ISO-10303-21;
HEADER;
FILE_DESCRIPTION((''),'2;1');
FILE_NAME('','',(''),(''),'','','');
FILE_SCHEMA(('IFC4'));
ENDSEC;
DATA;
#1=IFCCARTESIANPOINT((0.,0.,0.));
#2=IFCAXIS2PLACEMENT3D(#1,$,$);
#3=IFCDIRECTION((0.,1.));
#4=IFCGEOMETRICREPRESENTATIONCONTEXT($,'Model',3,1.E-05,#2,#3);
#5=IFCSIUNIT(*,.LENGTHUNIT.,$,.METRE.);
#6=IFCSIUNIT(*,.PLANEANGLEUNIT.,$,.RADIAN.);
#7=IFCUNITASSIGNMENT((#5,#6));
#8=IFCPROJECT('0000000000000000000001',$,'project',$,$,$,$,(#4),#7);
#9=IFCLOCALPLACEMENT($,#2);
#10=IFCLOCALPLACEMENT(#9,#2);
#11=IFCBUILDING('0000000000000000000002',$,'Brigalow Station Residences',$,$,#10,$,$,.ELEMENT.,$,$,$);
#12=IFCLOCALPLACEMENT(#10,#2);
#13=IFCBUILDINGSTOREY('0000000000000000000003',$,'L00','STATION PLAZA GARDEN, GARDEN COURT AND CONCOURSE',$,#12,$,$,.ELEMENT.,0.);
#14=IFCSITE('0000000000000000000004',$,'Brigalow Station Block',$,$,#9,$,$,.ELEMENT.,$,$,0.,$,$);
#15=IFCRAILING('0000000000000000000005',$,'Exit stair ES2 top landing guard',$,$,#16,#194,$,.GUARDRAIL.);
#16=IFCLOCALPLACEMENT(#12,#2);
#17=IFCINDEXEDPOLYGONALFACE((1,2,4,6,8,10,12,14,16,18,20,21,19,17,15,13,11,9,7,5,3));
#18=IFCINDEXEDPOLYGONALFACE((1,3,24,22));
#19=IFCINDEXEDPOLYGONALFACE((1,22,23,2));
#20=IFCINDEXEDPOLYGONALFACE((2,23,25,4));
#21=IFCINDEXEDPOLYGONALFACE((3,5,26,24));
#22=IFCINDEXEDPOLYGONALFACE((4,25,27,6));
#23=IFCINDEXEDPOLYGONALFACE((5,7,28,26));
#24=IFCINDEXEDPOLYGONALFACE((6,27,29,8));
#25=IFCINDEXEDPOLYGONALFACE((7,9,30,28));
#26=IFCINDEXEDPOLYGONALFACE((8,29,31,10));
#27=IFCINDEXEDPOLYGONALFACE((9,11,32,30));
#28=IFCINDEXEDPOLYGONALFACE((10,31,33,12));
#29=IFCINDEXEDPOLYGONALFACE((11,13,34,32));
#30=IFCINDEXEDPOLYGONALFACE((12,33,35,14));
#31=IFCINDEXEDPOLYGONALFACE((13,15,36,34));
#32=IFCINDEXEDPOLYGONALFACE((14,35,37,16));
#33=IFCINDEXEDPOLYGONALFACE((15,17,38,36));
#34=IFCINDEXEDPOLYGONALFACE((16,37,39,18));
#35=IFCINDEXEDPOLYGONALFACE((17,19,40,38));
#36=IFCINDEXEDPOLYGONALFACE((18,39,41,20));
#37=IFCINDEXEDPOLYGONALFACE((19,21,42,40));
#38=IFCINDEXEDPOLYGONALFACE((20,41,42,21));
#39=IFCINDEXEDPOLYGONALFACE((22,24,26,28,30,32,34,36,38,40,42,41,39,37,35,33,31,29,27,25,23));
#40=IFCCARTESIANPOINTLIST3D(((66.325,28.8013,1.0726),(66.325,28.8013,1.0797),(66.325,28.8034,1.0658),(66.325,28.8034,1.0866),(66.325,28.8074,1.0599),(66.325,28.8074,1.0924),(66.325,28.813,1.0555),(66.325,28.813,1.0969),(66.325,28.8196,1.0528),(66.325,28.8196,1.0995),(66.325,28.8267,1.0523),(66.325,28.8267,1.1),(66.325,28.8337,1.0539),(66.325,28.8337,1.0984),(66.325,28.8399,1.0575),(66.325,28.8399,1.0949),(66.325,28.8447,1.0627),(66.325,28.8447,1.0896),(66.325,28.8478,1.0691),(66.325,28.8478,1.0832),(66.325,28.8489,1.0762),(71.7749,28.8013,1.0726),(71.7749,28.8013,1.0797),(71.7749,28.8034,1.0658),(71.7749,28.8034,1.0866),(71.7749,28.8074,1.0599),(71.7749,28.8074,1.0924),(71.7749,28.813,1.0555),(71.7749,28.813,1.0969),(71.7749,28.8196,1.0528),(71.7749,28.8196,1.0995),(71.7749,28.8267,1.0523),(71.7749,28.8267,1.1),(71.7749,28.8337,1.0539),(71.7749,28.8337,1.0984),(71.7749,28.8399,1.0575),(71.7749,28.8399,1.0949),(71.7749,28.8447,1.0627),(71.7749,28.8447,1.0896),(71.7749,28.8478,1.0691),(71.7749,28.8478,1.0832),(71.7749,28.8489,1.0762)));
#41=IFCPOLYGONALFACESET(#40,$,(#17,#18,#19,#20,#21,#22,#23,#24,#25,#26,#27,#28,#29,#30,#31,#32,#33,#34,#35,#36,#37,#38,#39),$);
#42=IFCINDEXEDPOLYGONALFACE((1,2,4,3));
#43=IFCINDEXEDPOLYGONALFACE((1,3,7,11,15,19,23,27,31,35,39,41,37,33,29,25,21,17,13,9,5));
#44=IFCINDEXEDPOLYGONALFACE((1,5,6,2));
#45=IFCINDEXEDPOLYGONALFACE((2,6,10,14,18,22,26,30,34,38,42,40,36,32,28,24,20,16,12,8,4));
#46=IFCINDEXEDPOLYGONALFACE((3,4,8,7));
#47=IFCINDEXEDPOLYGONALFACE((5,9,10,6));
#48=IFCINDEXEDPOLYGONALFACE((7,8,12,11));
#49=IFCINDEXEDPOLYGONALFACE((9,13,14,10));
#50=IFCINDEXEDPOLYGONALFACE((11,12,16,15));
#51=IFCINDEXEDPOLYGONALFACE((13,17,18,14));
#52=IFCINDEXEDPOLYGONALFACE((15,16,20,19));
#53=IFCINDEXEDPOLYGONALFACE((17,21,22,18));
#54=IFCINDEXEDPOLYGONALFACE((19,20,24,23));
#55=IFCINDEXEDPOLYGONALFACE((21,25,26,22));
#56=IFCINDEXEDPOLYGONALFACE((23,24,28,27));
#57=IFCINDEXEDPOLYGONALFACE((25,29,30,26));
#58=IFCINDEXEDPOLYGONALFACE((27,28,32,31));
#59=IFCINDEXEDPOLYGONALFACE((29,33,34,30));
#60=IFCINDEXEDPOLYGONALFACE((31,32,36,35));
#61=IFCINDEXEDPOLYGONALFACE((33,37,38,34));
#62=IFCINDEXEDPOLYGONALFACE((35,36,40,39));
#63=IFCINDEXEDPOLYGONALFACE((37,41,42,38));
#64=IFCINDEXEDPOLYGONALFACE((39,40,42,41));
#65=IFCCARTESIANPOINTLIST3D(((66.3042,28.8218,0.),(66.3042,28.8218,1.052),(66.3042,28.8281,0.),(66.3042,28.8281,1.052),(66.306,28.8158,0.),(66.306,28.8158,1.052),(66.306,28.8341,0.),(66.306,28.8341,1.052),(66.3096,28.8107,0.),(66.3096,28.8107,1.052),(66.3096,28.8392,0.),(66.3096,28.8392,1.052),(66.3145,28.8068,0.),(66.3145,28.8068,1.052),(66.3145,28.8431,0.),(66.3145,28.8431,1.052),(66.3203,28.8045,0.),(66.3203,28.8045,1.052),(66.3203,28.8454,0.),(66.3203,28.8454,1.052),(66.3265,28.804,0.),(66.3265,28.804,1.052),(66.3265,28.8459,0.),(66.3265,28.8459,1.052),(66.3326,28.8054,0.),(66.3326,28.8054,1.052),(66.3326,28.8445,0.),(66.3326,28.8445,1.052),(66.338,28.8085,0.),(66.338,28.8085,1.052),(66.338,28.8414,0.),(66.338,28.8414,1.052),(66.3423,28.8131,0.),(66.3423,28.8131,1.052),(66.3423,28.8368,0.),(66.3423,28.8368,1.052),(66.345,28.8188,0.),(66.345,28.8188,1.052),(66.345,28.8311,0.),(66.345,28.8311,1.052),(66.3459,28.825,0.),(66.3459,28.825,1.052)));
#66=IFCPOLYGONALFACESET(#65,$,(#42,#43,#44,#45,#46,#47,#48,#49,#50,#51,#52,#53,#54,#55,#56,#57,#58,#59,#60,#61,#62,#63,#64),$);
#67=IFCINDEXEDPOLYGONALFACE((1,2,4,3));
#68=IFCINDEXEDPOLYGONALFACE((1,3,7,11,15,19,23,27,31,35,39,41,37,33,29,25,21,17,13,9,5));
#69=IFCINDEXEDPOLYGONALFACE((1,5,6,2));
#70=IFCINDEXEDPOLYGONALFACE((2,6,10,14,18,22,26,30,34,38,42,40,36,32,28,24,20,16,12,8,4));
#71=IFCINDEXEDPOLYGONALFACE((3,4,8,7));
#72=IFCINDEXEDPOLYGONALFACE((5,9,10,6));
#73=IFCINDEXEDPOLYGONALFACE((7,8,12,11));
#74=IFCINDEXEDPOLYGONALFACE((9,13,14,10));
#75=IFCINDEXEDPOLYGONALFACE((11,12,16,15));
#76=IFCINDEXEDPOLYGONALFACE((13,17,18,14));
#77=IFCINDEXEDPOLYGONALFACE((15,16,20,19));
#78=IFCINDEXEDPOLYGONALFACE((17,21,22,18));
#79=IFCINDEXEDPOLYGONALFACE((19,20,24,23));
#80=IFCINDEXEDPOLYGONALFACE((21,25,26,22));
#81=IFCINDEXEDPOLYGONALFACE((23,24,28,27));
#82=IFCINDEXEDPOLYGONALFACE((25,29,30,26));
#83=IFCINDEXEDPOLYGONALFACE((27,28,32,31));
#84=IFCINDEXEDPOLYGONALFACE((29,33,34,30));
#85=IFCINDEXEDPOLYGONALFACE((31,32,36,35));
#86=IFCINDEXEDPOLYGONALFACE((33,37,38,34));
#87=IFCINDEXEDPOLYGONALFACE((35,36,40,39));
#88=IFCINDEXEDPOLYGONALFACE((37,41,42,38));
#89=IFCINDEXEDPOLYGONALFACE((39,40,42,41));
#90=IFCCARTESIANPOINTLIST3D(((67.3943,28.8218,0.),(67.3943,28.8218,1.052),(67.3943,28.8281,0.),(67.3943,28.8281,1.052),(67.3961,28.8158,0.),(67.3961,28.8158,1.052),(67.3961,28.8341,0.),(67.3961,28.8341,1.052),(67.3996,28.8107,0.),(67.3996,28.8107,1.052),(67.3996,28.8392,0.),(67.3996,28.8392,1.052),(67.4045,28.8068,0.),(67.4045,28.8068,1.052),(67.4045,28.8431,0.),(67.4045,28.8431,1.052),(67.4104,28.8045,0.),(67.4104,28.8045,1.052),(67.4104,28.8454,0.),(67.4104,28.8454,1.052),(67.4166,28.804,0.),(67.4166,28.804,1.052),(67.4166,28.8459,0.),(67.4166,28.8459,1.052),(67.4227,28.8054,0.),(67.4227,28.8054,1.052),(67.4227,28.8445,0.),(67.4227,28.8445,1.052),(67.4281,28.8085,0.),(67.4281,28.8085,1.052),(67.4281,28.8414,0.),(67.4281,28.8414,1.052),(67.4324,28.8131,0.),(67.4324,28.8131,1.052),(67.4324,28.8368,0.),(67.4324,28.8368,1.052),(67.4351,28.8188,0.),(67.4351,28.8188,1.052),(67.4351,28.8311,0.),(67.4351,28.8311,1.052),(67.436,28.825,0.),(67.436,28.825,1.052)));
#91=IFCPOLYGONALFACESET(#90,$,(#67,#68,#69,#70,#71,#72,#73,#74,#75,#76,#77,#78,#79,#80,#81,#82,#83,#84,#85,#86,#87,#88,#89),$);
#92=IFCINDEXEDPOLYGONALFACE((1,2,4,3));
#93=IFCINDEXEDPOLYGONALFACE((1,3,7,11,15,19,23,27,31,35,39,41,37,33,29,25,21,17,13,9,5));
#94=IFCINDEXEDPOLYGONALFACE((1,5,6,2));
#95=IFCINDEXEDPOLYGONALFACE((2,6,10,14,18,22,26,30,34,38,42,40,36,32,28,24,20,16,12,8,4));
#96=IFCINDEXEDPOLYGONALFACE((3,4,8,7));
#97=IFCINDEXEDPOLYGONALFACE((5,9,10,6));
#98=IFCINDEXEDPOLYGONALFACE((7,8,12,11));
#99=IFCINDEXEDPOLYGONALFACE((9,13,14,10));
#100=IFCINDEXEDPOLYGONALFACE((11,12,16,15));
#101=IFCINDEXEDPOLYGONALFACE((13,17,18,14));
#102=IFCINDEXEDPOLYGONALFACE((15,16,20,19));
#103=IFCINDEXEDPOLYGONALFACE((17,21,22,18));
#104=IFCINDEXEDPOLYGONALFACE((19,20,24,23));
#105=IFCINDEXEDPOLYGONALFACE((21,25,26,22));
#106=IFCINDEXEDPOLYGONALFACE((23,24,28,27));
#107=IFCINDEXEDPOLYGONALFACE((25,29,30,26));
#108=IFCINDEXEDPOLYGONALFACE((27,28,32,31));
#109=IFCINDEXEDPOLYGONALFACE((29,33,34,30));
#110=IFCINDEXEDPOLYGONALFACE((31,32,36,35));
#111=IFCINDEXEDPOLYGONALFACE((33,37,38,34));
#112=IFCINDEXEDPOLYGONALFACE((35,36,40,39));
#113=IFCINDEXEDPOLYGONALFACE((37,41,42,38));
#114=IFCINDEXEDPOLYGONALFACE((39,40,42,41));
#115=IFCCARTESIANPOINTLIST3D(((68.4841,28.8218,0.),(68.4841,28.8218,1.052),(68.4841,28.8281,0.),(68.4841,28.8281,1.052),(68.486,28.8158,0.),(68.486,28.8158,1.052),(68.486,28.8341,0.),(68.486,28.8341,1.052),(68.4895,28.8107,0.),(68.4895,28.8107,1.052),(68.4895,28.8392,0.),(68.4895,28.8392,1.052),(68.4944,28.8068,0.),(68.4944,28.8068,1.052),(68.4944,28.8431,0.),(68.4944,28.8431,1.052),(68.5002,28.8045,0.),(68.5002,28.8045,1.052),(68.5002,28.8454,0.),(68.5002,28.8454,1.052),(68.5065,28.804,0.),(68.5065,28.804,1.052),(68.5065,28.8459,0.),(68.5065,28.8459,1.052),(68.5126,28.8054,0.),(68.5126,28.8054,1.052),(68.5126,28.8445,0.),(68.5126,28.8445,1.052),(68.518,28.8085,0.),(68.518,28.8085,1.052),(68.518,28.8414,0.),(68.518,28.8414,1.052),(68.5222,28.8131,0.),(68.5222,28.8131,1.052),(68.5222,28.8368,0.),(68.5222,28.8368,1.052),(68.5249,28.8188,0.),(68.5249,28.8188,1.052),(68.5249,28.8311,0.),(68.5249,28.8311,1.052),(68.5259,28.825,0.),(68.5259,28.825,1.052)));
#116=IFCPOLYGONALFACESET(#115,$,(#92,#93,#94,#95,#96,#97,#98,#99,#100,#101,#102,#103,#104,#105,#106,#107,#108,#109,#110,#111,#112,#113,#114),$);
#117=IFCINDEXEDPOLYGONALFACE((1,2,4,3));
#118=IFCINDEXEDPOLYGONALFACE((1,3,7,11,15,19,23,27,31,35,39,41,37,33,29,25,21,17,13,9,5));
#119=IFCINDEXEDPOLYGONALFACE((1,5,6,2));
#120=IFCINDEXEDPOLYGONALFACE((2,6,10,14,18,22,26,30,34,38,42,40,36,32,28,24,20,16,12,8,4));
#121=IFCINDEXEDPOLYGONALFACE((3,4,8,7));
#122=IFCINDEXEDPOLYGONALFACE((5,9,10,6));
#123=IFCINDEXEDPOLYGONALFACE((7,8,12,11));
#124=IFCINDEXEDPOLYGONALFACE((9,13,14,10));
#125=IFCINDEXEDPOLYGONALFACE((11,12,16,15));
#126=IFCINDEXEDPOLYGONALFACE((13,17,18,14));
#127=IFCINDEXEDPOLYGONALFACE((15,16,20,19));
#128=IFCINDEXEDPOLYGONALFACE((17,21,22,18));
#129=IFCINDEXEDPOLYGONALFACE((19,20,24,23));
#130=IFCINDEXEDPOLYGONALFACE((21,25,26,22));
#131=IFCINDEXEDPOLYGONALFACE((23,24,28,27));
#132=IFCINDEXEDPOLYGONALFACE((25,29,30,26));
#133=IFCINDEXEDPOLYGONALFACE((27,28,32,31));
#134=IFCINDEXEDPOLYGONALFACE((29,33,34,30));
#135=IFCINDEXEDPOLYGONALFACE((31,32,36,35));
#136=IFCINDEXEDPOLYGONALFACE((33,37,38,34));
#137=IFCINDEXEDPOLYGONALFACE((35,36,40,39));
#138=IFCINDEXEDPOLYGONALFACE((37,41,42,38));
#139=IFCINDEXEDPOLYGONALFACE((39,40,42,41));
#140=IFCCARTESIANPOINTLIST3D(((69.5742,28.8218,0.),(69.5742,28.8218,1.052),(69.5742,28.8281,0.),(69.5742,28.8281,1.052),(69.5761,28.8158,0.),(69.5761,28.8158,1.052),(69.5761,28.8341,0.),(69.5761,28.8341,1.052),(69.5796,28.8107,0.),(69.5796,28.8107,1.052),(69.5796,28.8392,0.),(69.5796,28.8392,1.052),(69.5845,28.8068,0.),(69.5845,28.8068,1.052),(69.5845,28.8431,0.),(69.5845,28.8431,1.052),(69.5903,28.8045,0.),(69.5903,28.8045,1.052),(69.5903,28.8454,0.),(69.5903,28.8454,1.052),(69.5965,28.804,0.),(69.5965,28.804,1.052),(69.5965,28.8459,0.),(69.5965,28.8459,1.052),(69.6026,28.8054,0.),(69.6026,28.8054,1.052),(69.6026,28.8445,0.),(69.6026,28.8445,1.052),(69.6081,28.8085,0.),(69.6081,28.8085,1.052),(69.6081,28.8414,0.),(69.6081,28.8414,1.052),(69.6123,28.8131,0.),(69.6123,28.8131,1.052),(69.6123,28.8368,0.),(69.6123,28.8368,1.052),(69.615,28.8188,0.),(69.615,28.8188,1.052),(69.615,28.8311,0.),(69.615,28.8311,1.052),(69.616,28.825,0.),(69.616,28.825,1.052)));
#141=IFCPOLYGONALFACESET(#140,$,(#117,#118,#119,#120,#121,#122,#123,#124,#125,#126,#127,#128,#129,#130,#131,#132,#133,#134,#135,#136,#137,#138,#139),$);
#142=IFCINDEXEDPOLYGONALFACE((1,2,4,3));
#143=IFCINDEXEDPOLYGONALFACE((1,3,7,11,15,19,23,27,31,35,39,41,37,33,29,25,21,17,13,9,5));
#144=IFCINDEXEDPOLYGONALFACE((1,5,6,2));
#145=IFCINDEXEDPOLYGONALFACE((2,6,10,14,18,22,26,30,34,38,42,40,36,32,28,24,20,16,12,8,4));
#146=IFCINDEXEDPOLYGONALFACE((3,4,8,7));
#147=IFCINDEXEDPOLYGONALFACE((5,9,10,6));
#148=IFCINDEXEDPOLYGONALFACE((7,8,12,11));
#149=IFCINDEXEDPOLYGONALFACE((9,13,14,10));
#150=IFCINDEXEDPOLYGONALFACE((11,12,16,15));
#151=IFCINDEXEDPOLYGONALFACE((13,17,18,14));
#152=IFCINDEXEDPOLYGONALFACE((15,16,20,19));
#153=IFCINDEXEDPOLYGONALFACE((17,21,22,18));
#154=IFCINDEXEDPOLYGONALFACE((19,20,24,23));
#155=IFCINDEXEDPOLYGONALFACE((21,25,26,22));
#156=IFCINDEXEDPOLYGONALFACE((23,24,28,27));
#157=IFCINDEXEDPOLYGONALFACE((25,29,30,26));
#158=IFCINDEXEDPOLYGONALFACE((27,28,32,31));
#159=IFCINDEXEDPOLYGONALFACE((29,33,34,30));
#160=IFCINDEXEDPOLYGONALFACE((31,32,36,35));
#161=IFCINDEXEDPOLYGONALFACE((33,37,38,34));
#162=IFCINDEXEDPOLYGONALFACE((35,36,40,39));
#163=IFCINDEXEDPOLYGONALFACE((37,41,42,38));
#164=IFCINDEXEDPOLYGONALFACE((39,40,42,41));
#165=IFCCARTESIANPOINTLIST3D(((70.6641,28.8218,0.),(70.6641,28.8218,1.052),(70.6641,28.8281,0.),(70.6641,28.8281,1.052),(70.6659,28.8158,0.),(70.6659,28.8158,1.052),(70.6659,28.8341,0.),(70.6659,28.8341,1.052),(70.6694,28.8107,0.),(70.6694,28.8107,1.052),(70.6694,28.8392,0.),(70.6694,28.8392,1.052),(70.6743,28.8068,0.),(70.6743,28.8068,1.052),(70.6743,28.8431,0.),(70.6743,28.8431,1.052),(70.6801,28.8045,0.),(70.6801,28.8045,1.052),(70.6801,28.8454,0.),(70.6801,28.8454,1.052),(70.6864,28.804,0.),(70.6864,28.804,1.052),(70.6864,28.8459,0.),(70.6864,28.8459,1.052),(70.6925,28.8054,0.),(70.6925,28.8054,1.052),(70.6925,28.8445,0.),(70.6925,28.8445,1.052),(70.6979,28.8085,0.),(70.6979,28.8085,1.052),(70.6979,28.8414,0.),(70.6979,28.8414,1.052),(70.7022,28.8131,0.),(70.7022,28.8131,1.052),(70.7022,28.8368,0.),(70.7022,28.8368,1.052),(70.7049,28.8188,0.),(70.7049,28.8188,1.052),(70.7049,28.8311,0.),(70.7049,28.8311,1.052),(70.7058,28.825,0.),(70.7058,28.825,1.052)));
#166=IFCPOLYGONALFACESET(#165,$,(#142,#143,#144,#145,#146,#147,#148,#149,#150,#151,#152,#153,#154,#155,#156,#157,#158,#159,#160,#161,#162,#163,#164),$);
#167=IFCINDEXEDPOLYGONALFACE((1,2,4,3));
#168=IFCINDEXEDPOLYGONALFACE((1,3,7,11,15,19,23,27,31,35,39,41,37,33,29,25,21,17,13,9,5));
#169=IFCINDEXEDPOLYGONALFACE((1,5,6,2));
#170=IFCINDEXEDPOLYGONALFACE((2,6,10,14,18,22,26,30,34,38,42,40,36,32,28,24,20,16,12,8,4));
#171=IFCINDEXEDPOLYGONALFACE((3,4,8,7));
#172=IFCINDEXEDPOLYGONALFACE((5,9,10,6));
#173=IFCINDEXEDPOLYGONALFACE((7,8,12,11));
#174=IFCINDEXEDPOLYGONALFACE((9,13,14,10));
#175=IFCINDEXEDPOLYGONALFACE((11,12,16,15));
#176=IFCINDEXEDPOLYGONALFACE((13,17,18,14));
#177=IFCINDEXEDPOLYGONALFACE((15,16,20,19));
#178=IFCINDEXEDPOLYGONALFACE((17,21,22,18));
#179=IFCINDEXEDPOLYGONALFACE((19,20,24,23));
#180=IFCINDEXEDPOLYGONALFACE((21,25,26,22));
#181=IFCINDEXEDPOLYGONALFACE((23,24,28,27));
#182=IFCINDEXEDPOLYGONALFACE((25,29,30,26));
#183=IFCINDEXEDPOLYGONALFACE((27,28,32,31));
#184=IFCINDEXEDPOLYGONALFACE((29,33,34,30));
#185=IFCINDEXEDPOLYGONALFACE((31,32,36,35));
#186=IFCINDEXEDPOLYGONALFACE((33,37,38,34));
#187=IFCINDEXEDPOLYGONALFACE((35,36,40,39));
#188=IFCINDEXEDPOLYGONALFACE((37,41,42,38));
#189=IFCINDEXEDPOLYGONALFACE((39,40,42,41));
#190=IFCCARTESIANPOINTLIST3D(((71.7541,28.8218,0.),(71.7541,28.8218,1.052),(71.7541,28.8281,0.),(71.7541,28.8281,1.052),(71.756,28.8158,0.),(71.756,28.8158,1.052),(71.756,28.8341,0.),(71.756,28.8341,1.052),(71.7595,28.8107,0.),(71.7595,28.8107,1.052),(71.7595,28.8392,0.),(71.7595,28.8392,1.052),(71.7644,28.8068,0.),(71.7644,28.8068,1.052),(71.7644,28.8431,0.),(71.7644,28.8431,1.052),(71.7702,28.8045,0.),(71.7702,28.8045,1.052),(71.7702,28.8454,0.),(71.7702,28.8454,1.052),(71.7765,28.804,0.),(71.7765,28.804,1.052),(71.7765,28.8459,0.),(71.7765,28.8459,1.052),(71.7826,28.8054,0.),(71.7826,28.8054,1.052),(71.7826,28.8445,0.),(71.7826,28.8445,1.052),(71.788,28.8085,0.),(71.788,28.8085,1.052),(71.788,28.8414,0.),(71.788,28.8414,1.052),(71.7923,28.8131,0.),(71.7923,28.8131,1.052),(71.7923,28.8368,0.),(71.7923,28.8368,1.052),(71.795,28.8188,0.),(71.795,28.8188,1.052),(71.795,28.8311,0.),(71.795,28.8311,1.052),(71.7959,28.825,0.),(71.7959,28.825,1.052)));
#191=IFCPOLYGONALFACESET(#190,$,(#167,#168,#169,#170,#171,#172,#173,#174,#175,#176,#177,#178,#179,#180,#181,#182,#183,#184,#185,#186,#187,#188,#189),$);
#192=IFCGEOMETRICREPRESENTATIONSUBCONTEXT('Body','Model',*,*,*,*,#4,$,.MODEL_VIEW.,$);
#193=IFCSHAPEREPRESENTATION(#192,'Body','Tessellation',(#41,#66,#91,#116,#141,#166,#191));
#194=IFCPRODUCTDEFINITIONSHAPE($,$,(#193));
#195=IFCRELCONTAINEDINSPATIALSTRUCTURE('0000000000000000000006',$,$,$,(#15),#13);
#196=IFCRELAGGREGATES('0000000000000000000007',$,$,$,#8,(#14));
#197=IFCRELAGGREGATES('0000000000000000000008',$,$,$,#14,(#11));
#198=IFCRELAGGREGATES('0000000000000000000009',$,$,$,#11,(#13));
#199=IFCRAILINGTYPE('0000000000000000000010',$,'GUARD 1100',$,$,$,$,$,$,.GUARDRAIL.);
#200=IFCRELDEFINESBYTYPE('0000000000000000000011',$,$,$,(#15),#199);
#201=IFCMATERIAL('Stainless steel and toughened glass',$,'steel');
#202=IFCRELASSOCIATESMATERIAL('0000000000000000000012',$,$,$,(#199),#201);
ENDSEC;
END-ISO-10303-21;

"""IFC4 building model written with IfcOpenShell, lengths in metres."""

from ifc_helpers import new_model, si_unit, direction, frame, origin, origin_2d, place, context, subcontext, project, spatial, circle, extrude, material, type_object, element, save


model = new_model("IFC4")

# Units and contexts
model_context = context("Model", 3, precision=1e-05, world=origin(), true_north=direction((0.0, 1.0)))
body_context = subcontext(model_context, "Body", "Model", "MODEL_VIEW")
ifc_project = project(units=[si_unit("LENGTHUNIT", "METRE"), si_unit("PLANEANGLEUNIT", "RADIAN")], contexts=[model_context])

# Site, building, storey
site_placement = place(None, origin())
site = spatial("IfcSite", under=ifc_project, at=site_placement, Name="Brigalow Station Block", CompositionType="ELEMENT", RefElevation=0.0)
building_placement = place(site_placement, origin())
building = spatial("IfcBuilding", under=site, at=building_placement, Name="Brigalow Station Residences", CompositionType="ELEMENT")
storey_placement = place(building_placement, origin())
storey = spatial("IfcBuildingStorey", under=building, at=storey_placement, Name="L00", Description="STATION PLAZA GARDEN, GARDEN COURT AND CONCOURSE", CompositionType="ELEMENT", Elevation=0.0)

# Railing
ifc_material_1 = material(Name="Stainless steel and toughened glass", Category="steel")
railing_type_1 = type_object("IfcRailingType", Name="GUARD 1100", PredefinedType="GUARDRAIL", material=ifc_material_1)
for number, where, name in (
    (1, (66.325, 28.825, 0.0), "Exit stair ES2 top landing guard"),
):
    element("IfcRailing", number, at=place(storey_placement, frame(where)), inside=storey, type_object=railing_type_1, Name=name, PredefinedType="GUARDRAIL", context=body_context, shape_type="SweptSolid", body=[
        extrude(circle(Radius=0.0239, at=origin_2d()), frame((0.0, 0.0, 1.0762), z_axis=(1.0, 0.0, 0.0), x_axis=(0.0, 1.0, 0.0)), (0.0, 0.0, 1.0), 5.45),
        extrude(circle(Radius=0.021, at=origin_2d()), origin(), (0.0, 0.0, 1.0), 1.052),
        extrude(circle(Radius=0.021, at=origin_2d()), frame((1.0901, 0.0, 0.0)), (0.0, 0.0, 1.0), 1.052),
        extrude(circle(Radius=0.021, at=origin_2d()), frame((2.1799, 0.0, 0.0)), (0.0, 0.0, 1.0), 1.052),
        extrude(circle(Radius=0.021, at=origin_2d()), frame((3.27, 0.0, 0.0)), (0.0, 0.0, 1.0), 1.052),
        extrude(circle(Radius=0.021, at=origin_2d()), frame((4.3599, 0.0, 0.0)), (0.0, 0.0, 1.0), 1.052),
        extrude(circle(Radius=0.021, at=origin_2d()), frame((5.45, 0.0, 0.0)), (0.0, 0.0, 1.0), 1.052),
    ])

save(model, "model.ifc")
